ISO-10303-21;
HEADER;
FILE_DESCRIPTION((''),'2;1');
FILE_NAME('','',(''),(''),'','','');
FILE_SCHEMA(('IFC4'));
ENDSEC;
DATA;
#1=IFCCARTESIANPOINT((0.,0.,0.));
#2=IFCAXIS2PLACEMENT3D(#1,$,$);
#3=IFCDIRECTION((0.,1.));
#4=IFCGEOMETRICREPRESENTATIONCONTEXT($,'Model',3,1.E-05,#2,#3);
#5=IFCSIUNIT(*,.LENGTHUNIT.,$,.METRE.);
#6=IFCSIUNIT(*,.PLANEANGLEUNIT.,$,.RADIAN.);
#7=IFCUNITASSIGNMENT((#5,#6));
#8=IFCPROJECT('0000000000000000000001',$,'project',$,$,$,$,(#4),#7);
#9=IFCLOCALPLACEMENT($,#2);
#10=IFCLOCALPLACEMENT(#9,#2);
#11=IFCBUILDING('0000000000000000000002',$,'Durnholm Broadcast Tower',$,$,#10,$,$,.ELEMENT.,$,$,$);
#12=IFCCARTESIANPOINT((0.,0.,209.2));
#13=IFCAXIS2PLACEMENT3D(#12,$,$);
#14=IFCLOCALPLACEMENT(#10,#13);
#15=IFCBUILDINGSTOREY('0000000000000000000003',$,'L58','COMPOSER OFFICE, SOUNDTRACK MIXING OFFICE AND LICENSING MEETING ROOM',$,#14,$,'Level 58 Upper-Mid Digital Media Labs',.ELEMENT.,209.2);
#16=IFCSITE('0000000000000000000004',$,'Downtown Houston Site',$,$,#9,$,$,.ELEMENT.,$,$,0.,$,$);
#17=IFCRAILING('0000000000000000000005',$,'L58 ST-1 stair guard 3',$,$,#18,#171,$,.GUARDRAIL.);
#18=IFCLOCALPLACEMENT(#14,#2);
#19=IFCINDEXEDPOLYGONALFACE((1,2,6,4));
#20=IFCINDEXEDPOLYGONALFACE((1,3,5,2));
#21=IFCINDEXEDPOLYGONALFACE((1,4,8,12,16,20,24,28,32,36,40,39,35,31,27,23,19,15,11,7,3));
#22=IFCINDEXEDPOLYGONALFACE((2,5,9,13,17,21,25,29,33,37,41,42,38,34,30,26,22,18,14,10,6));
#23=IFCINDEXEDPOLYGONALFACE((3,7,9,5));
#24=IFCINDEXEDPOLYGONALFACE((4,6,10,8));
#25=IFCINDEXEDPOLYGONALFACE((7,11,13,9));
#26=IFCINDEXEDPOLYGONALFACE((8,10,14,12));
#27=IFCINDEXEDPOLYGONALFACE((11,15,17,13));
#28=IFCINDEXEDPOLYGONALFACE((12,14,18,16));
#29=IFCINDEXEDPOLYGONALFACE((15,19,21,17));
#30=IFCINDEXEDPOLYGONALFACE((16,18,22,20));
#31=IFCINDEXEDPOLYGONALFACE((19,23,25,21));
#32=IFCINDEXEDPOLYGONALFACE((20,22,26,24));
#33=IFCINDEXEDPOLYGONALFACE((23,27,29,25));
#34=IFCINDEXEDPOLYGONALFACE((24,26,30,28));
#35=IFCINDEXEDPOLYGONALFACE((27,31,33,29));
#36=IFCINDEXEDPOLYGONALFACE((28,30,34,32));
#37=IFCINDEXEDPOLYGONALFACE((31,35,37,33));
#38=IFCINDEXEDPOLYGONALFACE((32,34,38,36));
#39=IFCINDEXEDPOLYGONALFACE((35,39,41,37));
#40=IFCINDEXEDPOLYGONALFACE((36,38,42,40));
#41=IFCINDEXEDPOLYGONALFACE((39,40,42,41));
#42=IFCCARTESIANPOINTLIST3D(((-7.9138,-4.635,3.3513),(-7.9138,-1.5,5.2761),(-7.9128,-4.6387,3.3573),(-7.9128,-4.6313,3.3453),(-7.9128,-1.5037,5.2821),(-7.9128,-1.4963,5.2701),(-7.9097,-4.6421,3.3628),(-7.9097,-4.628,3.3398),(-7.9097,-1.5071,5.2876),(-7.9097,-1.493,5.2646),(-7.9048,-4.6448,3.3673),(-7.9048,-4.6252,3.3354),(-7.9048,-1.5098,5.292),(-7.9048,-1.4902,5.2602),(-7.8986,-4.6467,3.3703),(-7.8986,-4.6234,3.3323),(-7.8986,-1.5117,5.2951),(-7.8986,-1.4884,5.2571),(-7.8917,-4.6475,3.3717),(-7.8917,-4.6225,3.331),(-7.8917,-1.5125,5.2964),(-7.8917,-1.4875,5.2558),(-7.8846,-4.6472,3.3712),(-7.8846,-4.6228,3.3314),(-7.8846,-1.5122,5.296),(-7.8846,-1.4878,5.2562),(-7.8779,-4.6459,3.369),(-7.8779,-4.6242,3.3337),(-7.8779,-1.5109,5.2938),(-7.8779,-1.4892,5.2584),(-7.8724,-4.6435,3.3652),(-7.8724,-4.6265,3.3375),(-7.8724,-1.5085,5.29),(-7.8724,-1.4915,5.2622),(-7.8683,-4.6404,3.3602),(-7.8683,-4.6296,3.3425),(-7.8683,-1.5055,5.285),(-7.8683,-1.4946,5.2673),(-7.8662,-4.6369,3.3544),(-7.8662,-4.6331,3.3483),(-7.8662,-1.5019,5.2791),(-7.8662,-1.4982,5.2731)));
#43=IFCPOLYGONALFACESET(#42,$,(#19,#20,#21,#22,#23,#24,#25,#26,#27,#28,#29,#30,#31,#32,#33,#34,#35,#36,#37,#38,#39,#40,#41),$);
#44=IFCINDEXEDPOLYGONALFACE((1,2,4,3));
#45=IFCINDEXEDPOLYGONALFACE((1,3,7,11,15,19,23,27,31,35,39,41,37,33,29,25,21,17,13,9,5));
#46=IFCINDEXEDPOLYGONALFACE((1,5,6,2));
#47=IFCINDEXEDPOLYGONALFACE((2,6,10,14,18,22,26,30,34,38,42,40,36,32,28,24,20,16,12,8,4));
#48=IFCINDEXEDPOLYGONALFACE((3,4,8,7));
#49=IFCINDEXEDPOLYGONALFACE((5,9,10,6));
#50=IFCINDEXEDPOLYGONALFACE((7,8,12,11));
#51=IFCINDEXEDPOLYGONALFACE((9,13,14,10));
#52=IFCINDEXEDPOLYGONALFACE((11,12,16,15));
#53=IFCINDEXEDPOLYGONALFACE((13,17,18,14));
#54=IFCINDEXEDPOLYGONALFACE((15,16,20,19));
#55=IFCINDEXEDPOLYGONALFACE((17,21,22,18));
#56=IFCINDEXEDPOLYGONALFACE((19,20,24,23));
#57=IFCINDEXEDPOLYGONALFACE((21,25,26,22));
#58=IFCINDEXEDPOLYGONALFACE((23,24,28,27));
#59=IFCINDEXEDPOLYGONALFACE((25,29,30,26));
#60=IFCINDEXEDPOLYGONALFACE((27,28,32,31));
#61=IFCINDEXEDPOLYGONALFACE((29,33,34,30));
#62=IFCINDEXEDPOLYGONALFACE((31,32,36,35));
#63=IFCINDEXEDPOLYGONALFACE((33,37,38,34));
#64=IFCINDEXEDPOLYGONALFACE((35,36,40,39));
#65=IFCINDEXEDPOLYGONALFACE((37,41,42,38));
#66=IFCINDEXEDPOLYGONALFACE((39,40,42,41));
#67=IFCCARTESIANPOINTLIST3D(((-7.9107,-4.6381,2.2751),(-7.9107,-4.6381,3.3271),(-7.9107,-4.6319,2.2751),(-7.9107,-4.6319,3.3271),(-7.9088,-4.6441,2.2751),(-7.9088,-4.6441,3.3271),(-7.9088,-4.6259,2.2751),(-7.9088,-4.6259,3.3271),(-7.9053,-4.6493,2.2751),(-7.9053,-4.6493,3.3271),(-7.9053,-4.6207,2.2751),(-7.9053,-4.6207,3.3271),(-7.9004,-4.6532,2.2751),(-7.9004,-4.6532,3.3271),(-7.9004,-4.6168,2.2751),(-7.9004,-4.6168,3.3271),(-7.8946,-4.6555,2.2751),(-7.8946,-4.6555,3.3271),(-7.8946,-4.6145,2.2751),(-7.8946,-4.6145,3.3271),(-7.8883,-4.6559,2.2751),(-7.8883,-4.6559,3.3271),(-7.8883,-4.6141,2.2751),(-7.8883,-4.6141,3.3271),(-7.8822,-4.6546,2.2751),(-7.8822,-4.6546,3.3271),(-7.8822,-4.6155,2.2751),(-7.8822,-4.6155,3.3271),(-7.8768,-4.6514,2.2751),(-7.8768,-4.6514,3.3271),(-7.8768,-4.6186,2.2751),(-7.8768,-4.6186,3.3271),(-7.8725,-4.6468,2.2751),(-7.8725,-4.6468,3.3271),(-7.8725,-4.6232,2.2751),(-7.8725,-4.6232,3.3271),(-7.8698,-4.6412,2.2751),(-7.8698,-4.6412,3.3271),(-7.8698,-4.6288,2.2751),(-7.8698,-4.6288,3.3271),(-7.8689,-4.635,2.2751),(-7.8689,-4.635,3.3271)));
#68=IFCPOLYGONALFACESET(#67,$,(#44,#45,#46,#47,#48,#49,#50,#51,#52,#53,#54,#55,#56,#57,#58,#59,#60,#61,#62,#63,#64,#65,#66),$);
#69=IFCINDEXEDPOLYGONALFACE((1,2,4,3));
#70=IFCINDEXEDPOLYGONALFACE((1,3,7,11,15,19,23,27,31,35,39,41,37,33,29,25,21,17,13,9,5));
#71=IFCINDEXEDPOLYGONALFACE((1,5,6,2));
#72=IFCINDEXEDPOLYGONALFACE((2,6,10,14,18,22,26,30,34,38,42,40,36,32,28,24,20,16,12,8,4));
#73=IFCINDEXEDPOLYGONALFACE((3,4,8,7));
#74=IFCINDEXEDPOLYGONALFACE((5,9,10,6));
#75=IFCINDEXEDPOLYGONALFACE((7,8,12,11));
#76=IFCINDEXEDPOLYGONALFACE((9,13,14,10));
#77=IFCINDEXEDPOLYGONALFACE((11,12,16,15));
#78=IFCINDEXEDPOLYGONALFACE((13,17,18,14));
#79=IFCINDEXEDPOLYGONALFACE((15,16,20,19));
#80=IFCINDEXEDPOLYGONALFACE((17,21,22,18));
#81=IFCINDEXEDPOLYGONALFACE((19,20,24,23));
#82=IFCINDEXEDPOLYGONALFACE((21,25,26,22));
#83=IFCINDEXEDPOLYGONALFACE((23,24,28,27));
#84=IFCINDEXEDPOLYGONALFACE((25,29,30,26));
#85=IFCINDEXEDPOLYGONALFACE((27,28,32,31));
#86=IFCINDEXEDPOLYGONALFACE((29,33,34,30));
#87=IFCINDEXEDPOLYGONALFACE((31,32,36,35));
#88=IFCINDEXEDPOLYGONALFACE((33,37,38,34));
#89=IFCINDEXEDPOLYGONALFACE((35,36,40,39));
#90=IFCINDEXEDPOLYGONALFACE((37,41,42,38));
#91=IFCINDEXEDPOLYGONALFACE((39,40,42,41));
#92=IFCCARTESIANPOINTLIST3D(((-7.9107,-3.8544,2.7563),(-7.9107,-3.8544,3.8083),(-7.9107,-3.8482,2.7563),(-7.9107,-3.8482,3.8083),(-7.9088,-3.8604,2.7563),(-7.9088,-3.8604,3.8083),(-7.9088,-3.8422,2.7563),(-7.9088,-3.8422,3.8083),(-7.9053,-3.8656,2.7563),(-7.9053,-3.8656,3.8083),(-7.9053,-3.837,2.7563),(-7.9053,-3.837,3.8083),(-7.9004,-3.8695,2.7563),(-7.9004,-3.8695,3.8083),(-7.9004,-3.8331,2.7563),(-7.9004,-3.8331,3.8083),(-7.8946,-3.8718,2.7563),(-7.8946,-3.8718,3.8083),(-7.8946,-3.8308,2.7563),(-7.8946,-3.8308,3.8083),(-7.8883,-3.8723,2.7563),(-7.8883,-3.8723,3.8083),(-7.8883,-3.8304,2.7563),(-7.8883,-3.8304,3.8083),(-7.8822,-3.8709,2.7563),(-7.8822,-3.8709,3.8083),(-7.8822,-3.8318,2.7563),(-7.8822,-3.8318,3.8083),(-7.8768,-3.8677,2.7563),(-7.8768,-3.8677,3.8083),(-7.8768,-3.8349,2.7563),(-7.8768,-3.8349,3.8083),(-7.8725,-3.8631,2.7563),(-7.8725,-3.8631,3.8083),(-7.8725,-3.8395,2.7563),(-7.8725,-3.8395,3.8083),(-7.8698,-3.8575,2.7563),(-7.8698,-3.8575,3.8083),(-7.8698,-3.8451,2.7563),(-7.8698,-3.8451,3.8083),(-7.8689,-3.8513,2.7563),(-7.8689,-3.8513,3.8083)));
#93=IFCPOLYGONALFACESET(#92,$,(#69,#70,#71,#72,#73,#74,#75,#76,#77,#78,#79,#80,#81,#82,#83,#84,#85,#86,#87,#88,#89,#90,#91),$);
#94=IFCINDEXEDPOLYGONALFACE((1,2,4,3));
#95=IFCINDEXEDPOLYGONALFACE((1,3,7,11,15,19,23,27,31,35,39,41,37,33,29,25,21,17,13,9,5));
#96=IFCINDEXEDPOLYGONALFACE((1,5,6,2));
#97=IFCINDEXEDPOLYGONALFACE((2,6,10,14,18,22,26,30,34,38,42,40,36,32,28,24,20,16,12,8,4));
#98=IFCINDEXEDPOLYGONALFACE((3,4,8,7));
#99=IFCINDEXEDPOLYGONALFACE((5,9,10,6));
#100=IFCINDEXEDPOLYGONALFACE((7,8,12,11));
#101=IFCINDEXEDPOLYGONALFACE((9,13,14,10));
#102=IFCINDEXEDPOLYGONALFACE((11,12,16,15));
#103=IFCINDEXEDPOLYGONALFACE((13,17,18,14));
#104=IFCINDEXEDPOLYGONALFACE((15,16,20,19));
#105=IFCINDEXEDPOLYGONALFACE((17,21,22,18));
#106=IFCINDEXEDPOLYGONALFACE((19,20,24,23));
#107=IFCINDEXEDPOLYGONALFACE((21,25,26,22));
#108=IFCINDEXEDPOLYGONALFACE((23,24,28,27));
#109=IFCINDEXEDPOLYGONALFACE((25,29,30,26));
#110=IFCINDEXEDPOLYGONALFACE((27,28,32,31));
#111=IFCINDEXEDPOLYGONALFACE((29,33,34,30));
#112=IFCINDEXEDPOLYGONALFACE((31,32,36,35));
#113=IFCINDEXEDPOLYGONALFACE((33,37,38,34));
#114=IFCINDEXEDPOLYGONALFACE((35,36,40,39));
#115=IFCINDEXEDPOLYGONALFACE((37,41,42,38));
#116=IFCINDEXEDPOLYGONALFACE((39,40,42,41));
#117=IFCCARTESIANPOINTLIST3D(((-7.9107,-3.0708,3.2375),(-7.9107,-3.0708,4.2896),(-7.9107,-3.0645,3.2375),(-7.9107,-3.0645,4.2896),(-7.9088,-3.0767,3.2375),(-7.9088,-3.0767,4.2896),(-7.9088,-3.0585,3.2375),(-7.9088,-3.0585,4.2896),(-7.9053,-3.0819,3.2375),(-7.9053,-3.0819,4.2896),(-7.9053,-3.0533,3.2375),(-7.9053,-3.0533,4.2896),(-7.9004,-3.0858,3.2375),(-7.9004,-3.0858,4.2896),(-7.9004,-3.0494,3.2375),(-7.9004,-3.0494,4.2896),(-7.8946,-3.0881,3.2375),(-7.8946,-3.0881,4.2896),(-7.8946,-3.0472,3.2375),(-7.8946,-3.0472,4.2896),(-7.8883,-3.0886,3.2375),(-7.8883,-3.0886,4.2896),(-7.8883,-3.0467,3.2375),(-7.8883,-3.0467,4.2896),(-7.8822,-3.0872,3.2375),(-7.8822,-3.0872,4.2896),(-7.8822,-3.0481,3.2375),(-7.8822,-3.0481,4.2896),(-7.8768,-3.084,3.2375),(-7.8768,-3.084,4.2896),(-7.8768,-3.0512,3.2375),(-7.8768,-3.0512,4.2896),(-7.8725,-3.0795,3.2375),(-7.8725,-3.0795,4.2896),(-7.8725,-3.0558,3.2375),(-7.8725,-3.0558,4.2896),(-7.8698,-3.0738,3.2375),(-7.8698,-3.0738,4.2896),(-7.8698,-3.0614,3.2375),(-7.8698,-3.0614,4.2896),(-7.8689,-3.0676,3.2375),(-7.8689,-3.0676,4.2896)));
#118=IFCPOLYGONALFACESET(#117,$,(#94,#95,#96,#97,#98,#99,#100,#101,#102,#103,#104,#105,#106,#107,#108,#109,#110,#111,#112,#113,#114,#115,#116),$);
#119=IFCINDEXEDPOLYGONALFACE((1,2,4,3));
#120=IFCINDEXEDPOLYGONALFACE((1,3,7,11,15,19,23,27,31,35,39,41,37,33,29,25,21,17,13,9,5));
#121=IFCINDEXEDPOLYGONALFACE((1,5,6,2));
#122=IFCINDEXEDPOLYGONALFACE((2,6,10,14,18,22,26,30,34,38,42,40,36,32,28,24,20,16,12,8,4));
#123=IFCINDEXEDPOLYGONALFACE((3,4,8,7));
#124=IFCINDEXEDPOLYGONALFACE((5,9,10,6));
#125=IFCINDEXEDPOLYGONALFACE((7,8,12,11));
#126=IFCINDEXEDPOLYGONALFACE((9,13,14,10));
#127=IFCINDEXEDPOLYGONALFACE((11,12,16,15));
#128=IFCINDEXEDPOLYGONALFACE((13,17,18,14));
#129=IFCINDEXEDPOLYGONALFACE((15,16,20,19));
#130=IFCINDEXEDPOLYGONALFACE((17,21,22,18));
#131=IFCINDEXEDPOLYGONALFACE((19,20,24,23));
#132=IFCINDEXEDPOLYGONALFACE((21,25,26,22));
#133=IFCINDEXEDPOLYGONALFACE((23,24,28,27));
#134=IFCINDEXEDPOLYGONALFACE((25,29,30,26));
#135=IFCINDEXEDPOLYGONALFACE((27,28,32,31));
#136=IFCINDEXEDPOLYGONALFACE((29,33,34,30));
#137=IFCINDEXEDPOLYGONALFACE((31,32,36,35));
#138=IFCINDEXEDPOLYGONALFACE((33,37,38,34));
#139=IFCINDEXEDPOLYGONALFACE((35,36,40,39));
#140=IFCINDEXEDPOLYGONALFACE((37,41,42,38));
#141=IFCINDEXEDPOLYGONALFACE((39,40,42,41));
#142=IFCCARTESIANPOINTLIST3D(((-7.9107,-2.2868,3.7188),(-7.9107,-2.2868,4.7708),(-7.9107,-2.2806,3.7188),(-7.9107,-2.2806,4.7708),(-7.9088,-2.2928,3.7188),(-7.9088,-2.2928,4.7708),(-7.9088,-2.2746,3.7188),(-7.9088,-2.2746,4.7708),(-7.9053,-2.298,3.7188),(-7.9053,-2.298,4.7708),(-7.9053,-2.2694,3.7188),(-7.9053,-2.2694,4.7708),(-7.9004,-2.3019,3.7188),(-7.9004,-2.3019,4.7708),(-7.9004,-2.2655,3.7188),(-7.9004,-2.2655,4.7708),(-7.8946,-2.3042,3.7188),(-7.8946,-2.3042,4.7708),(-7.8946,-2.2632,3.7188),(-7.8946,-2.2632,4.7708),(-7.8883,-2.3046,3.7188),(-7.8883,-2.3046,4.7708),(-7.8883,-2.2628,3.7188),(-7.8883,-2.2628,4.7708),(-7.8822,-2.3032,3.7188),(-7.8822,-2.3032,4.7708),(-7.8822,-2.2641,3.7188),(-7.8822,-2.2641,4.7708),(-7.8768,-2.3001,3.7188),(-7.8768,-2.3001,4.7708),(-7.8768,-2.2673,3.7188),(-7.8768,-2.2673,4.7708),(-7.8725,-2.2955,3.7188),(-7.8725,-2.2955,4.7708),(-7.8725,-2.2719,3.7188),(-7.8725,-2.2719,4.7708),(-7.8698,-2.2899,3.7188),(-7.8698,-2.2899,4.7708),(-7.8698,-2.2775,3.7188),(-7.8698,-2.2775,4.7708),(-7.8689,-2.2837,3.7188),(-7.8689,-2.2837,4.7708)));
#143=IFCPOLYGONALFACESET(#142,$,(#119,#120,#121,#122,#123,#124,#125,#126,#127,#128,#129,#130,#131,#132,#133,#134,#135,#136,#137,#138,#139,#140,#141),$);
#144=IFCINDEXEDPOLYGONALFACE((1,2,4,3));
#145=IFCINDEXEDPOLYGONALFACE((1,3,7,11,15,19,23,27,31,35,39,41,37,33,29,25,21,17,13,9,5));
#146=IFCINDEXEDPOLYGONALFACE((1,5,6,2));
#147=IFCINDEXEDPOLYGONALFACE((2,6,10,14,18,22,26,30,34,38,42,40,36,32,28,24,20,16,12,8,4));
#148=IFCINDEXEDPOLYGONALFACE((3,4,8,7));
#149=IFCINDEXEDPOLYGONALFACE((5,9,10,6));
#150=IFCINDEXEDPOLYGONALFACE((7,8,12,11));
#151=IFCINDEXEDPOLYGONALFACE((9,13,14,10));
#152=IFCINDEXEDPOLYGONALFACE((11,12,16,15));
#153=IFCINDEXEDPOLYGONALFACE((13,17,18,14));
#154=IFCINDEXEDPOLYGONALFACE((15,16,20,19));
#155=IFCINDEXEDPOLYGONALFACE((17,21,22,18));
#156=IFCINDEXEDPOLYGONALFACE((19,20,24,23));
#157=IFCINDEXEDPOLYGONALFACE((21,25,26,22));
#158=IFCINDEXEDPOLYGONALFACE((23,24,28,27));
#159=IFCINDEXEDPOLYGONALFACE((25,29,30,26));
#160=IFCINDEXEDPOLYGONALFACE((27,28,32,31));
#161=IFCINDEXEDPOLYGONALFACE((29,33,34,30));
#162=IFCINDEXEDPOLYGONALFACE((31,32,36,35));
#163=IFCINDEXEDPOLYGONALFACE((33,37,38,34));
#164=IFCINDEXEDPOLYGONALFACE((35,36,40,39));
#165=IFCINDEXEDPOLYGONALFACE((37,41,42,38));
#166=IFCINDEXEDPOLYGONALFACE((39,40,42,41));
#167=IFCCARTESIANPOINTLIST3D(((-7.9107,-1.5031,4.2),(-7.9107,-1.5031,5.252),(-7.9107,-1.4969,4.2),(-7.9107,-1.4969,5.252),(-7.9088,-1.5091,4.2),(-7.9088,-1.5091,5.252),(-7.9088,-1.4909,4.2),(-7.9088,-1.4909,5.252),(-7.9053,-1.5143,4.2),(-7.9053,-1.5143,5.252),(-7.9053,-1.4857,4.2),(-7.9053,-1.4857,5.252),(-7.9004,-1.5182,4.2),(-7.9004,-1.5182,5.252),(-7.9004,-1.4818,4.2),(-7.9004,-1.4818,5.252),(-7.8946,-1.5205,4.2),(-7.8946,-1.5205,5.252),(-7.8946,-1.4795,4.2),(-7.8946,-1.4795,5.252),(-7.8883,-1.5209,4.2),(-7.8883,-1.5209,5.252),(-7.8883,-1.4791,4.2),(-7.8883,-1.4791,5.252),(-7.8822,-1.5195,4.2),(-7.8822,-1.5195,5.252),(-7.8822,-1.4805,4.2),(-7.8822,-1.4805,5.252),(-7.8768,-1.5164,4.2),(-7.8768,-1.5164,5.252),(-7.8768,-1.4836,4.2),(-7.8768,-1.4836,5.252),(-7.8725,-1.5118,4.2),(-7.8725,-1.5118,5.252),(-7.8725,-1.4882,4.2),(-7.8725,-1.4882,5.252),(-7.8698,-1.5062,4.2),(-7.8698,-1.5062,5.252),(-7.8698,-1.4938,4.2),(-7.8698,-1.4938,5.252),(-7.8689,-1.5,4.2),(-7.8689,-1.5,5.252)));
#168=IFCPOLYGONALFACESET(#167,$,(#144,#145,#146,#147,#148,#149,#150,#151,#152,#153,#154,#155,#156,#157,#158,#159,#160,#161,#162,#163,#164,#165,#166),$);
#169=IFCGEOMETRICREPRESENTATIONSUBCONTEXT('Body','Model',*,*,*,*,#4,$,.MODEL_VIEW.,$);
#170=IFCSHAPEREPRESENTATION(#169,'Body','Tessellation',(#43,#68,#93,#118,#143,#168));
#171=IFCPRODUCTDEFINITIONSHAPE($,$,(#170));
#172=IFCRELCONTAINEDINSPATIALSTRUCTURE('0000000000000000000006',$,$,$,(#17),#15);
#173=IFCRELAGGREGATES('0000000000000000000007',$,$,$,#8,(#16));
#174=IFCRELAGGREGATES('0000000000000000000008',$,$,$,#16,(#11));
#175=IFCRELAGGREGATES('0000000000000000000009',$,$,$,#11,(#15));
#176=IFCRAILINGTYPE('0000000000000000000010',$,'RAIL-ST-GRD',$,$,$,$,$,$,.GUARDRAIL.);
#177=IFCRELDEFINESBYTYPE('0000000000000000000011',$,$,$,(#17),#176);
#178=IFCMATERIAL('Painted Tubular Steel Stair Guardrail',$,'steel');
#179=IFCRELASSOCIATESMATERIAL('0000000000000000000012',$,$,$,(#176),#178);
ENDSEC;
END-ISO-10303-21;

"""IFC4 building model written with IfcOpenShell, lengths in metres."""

from ifc_helpers import new_model, si_unit, direction, frame, origin, origin_2d, place, context, subcontext, project, spatial, circle, extrude, material, type_object, element, save


model = new_model("IFC4")

# Units and contexts
model_context = context("Model", 3, precision=1e-05, world=origin(), true_north=direction((0.0, 1.0)))
body_context = subcontext(model_context, "Body", "Model", "MODEL_VIEW")
ifc_project = project(units=[si_unit("LENGTHUNIT", "METRE"), si_unit("PLANEANGLEUNIT", "RADIAN")], contexts=[model_context])

# Site, building, storey
site_placement = place(None, origin())
site = spatial("IfcSite", under=ifc_project, at=site_placement, Name="Downtown Houston Site", CompositionType="ELEMENT", RefElevation=0.0)
building_placement = place(site_placement, origin())
building = spatial("IfcBuilding", under=site, at=building_placement, Name="Durnholm Broadcast Tower", CompositionType="ELEMENT")
storey_placement = place(building_placement, frame((0.0, 0.0, 209.2)))
storey = spatial("IfcBuildingStorey", under=building, at=storey_placement, Name="L58", Description="COMPOSER OFFICE, SOUNDTRACK MIXING OFFICE AND LICENSING MEETING ROOM", LongName="Level 58 Upper-Mid Digital Media Labs", CompositionType="ELEMENT", Elevation=209.2)

# Railing
ifc_material_1 = material(Name="Painted Tubular Steel Stair Guardrail", Category="steel")
railing_type_1 = type_object("IfcRailingType", Name="RAIL-ST-GRD", PredefinedType="GUARDRAIL", material=ifc_material_1)
railing_1_placement = place(storey_placement, frame((-7.8899, -4.635, 2.2751)))
element("IfcRailing", 1, at=railing_1_placement, inside=storey, type_object=railing_type_1, Name="L58 ST-1 stair guard 3", PredefinedType="GUARDRAIL", context=body_context, shape_type="SweptSolid", body=[
    extrude(circle(Radius=0.0239, at=origin_2d()), frame((0.0, 0.0, 1.0762), z_axis=(0.0, 0.852196, 0.523223), x_axis=(-1.0, 0.0, 0.0)), (0.0, 0.0, 1.0), 3.6787),
    extrude(circle(Radius=0.021, at=origin_2d()), origin(), (0.0, 0.0, 1.0), 1.052),
    extrude(circle(Radius=0.021, at=origin_2d()), frame((0.0, 0.7837, 0.4812)), (0.0, 0.0, 1.0), 1.052),
    extrude(circle(Radius=0.021, at=origin_2d()), frame((0.0, 1.5674, 0.9624)), (0.0, 0.0, 1.0), 1.052),
    extrude(circle(Radius=0.021, at=origin_2d()), frame((0.0, 2.3513, 1.4436)), (0.0, 0.0, 1.0), 1.052),
    extrude(circle(Radius=0.021, at=origin_2d()), frame((0.0, 3.135, 1.9248)), (0.0, 0.0, 1.0), 1.052),
])

save(model, "model.ifc")
